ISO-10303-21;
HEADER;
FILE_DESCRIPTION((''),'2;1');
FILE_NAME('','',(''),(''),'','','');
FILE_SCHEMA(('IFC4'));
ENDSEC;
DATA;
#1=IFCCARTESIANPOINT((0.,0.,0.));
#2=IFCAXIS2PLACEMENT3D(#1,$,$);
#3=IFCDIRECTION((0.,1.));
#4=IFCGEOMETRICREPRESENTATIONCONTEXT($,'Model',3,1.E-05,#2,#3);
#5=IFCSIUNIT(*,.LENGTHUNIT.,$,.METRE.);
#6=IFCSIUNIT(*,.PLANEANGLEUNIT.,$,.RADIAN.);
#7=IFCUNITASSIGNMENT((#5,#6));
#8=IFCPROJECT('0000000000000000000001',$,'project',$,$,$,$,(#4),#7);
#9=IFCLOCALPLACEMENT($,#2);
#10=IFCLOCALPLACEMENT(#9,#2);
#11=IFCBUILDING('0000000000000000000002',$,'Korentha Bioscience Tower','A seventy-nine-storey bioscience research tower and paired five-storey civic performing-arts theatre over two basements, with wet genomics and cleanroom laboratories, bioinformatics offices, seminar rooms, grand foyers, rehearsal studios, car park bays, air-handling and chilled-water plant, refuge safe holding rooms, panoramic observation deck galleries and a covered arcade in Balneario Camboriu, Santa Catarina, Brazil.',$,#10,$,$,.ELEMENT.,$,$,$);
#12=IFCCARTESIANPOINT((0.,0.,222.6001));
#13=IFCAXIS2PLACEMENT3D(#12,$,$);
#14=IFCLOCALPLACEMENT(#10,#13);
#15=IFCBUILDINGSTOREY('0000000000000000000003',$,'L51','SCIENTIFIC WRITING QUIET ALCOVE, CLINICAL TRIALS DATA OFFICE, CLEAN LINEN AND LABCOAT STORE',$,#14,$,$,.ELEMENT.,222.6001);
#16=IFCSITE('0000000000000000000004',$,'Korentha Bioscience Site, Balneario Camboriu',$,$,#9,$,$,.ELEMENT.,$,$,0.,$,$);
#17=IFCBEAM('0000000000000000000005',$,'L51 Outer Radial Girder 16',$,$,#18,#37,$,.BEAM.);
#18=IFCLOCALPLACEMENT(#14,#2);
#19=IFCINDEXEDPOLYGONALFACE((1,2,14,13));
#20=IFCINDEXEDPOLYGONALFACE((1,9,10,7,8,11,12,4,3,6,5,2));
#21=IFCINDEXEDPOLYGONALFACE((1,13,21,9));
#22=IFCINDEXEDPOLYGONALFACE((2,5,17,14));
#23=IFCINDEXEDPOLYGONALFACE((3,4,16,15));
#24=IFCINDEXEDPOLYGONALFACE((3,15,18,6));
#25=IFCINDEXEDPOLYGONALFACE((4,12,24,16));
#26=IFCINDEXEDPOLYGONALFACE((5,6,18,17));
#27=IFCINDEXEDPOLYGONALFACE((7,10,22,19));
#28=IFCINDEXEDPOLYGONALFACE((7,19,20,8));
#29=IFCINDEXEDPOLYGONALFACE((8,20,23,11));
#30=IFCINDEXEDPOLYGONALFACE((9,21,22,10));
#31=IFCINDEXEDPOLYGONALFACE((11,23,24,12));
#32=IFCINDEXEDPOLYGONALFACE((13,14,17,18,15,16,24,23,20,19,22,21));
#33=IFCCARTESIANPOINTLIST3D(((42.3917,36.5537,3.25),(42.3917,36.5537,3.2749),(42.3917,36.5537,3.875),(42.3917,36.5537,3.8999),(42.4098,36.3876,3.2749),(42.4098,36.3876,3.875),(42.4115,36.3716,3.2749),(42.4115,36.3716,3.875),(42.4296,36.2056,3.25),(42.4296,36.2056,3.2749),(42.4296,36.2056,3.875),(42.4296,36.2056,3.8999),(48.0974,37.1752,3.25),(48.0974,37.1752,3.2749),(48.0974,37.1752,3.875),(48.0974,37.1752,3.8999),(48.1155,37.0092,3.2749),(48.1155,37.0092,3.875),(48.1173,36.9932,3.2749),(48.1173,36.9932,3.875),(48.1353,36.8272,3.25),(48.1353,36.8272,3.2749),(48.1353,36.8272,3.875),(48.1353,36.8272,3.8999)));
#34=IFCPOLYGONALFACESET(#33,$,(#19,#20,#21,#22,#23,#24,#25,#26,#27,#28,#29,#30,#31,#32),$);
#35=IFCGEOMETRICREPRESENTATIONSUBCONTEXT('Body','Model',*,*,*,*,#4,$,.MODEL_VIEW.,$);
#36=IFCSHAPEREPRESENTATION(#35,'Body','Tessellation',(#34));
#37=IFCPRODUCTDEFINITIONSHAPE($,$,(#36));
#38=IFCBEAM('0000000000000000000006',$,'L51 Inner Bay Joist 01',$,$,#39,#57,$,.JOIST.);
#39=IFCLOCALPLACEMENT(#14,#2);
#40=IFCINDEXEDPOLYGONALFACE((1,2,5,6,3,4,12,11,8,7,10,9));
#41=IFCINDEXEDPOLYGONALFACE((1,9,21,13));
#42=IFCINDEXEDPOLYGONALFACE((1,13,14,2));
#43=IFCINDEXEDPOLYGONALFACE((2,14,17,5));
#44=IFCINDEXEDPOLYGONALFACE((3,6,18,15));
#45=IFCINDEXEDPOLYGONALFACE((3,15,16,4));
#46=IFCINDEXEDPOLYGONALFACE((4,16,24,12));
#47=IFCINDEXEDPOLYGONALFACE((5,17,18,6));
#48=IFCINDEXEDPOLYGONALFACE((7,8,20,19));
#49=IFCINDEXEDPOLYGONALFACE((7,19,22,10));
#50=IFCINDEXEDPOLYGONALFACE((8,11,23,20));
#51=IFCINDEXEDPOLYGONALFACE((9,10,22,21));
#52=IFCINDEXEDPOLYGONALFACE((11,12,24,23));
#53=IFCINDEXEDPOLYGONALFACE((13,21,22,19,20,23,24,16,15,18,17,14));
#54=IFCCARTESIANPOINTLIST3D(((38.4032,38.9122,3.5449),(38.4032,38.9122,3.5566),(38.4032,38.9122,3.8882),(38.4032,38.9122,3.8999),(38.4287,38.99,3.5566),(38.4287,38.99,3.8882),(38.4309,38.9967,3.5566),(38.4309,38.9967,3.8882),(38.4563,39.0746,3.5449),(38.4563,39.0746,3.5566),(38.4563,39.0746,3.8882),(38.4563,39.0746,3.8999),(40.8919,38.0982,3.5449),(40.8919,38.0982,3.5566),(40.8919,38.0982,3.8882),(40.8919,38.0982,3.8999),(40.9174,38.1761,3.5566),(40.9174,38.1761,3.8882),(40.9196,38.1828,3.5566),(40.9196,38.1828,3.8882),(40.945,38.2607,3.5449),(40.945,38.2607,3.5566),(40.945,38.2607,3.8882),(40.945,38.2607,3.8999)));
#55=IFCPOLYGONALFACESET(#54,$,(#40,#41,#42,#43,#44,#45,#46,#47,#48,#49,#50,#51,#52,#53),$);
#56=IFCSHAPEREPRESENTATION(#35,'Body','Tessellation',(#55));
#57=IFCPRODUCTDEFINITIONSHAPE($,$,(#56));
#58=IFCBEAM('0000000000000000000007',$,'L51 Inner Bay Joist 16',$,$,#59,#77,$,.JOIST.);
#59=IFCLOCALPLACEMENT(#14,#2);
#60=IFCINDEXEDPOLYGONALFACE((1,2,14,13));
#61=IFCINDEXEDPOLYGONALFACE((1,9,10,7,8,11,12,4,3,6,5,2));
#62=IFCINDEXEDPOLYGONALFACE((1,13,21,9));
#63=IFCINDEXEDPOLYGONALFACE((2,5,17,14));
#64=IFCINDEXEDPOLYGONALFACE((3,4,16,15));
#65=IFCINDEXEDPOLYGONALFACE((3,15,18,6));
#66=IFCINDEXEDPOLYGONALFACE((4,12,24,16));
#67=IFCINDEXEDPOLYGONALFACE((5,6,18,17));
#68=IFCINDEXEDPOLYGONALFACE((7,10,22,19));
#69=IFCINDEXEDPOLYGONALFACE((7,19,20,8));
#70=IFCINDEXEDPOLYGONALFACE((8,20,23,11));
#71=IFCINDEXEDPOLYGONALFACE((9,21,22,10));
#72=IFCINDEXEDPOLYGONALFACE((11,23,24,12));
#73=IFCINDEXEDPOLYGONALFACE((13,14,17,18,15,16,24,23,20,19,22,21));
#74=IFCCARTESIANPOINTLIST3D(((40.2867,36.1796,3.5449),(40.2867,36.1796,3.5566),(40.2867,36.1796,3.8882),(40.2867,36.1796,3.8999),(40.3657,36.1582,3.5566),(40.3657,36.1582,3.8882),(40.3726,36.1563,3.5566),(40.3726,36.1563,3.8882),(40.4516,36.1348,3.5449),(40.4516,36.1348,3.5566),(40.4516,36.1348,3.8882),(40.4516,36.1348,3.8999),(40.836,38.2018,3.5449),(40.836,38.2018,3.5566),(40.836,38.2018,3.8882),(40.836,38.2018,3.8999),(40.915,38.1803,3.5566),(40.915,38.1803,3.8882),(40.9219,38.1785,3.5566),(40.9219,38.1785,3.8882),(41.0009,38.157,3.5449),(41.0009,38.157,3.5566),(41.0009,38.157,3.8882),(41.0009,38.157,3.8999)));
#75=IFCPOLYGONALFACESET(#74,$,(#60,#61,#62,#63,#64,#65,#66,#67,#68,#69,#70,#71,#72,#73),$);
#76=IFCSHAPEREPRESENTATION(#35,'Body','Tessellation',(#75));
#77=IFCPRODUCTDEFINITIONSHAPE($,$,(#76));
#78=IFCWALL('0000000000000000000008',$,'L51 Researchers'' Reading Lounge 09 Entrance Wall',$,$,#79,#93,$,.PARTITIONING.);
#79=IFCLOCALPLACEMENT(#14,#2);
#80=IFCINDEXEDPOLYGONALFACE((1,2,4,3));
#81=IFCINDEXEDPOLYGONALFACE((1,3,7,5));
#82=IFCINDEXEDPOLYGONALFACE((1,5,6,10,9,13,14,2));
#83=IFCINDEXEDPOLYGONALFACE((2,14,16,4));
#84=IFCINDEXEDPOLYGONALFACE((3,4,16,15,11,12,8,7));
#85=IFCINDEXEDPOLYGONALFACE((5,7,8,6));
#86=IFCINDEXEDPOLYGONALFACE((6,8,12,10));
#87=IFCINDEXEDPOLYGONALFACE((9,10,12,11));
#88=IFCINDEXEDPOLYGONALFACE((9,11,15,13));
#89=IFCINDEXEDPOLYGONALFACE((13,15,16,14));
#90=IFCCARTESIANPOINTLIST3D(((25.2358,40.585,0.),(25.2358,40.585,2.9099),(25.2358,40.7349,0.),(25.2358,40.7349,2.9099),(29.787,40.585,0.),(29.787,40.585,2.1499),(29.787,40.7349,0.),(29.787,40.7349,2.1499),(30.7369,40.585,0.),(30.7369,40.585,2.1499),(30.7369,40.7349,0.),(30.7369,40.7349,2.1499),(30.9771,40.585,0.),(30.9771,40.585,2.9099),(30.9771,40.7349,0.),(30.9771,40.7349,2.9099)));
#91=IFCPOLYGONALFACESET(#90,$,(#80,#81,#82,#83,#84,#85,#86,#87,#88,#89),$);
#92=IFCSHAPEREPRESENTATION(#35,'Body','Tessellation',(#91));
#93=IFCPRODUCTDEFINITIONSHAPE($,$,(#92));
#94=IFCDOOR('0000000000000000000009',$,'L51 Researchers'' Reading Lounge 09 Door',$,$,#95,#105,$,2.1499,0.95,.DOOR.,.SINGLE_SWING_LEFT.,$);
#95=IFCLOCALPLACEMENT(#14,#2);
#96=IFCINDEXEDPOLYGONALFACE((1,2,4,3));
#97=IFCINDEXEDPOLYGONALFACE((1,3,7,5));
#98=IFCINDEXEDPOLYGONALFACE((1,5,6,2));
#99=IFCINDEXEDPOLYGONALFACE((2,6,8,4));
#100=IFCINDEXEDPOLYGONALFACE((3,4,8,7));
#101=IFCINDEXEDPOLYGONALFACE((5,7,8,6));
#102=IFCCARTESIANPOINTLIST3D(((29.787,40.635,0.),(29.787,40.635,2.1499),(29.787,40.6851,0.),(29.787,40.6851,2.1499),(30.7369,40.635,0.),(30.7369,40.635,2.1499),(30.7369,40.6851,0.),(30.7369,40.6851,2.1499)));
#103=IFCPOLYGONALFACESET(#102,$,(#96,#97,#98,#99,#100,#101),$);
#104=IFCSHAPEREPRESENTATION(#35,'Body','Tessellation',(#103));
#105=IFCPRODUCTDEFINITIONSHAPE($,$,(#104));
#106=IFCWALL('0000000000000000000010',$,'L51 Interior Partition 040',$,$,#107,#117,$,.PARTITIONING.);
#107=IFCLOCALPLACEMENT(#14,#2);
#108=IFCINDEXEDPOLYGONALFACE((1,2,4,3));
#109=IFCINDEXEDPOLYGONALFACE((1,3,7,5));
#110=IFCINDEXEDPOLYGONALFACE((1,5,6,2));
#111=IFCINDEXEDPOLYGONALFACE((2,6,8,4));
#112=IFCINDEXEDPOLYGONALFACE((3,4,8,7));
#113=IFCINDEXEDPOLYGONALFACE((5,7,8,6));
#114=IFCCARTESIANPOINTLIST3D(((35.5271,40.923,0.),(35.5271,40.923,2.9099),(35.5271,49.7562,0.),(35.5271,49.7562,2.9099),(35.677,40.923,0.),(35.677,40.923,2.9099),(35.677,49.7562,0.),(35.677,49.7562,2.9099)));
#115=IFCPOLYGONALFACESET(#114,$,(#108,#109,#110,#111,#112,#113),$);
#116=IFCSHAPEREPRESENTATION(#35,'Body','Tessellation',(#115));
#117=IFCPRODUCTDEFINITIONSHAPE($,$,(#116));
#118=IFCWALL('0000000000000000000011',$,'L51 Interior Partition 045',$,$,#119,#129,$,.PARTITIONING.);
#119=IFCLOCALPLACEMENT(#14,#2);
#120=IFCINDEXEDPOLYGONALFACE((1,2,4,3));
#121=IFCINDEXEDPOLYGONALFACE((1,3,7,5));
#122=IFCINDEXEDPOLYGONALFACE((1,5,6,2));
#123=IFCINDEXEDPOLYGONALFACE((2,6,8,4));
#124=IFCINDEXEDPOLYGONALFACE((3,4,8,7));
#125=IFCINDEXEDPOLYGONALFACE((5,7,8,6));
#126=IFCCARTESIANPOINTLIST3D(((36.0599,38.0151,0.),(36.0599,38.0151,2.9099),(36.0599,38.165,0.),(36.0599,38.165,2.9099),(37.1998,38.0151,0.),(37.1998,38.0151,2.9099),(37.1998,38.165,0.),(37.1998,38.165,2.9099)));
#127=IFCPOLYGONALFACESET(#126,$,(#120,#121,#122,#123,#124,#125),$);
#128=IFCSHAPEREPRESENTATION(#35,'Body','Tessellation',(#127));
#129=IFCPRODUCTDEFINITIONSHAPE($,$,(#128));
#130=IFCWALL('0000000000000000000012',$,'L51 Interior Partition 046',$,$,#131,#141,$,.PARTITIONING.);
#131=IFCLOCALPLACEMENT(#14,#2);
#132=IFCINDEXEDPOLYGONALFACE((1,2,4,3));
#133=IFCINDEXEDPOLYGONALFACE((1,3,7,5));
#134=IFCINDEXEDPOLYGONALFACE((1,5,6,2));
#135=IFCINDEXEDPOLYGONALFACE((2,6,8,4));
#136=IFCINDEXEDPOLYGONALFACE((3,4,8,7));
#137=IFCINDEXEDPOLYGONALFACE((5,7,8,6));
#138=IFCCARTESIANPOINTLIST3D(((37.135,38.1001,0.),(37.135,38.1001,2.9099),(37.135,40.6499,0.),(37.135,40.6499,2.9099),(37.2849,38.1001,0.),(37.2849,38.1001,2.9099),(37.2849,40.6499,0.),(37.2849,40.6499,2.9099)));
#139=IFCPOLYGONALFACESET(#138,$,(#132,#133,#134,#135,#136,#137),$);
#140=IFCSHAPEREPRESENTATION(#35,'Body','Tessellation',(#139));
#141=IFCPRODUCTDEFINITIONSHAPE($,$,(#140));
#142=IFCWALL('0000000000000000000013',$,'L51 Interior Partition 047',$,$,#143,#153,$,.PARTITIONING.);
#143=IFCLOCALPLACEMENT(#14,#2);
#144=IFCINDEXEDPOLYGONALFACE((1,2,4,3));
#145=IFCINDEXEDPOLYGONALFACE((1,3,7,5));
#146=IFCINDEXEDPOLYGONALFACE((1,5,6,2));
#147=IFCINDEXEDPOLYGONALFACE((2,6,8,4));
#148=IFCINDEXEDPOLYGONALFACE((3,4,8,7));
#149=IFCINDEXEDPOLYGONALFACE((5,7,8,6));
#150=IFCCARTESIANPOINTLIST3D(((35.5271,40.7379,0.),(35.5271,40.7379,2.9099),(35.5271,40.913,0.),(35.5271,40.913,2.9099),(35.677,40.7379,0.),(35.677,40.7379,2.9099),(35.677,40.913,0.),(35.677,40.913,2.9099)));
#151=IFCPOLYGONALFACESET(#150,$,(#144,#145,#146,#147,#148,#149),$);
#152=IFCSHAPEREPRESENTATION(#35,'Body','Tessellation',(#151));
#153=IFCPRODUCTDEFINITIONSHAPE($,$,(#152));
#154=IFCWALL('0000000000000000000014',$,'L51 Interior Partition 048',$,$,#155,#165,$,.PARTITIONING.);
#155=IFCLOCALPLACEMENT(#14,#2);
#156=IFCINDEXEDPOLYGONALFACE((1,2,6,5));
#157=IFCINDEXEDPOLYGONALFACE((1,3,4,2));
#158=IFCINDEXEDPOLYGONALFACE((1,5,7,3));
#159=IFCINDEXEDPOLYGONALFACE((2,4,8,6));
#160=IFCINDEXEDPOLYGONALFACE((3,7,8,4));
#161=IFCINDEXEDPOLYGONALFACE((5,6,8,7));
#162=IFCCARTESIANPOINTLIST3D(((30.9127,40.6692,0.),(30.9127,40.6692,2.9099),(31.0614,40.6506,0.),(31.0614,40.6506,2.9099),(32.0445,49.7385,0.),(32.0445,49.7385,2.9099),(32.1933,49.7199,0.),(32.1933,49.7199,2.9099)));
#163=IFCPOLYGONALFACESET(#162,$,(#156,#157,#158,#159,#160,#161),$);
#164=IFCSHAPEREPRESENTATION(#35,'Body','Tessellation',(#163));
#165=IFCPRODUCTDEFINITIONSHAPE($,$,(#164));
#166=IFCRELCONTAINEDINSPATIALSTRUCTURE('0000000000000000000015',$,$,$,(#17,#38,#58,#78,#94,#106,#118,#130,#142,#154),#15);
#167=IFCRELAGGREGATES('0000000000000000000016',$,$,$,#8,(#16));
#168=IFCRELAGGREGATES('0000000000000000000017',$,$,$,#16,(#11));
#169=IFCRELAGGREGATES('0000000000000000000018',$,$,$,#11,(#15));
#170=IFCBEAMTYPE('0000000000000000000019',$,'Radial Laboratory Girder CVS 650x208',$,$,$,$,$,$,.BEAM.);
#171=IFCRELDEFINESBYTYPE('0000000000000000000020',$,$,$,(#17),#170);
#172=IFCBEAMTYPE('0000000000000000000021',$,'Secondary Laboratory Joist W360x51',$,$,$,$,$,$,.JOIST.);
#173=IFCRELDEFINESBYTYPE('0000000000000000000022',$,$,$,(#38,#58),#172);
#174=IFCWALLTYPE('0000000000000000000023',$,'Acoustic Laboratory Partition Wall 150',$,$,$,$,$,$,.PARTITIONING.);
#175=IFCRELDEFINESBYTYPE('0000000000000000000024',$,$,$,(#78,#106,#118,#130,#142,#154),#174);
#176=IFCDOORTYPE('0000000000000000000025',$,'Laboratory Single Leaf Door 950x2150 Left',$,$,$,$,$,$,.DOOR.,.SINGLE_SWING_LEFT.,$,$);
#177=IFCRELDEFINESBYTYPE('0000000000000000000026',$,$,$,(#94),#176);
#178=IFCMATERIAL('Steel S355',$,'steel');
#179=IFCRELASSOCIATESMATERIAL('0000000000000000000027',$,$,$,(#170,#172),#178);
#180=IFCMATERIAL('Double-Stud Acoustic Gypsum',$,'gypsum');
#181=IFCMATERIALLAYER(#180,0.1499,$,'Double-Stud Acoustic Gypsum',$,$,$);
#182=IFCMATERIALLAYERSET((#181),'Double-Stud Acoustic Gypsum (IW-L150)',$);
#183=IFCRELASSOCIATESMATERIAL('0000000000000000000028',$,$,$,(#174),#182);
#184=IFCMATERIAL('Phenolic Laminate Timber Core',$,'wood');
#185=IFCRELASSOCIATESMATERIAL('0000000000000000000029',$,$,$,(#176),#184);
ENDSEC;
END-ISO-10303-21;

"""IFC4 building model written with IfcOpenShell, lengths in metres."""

from ifc_helpers import new_model, si_unit, direction, frame, frame_2d, origin, origin_2d, place, context, subcontext, project, spatial, rectangle, i_section, extrude, material, layer, layer_set, material_profile, profile_set, type_object, element, fill, save


model = new_model("IFC4")

# Units and contexts
model_context = context("Model", 3, precision=1e-05, world=origin(), true_north=direction((0.0, 1.0)))
body_context = subcontext(model_context, "Body", "Model", "MODEL_VIEW")
ifc_project = project(units=[si_unit("LENGTHUNIT", "METRE"), si_unit("PLANEANGLEUNIT", "RADIAN")], contexts=[model_context])

# Site, building, storey
site_placement = place(None, origin())
site = spatial("IfcSite", under=ifc_project, at=site_placement, Name="Korentha Bioscience Site, Balneario Camboriu", CompositionType="ELEMENT", RefElevation=0.0)
building_placement = place(site_placement, origin())
building = spatial("IfcBuilding", under=site, at=building_placement, Name="Korentha Bioscience Tower", Description="A seventy-nine-storey bioscience research tower and paired five-storey civic performing-arts theatre over two basements, with wet genomics and cleanroom laboratories, bioinformatics offices, seminar rooms, grand foyers, rehearsal studios, car park bays, air-handling and chilled-water plant, refuge safe holding rooms, panoramic observation deck galleries and a covered arcade in Balneario Camboriu, Santa Catarina, Brazil.", CompositionType="ELEMENT")
storey_placement = place(building_placement, frame((0.0, 0.0, 222.6001)))
storey = spatial("IfcBuildingStorey", under=building, at=storey_placement, Name="L51", Description="SCIENTIFIC WRITING QUIET ALCOVE, CLINICAL TRIALS DATA OFFICE, CLEAN LINEN AND LABCOAT STORE", CompositionType="ELEMENT", Elevation=222.6001)

# Shared definitions
ifc_material_1 = material(Name="Steel S355", Category="steel")

# Beams
ifc_material_profile_1 = material_profile(ifc_material_1, i_section(OverallWidth=0.3501, OverallDepth=0.6499, WebThickness=0.0161, FlangeThickness=0.0249, at=origin_2d()), Name="Steel S355")
ifc_profile_set_1 = profile_set([ifc_material_profile_1], Name="Steel S355 (RB-650)")
beam_type_1 = type_object("IfcBeamType", Name="Radial Laboratory Girder CVS 650x208", PredefinedType="BEAM", material=ifc_profile_set_1)
beam_1_placement = place(storey_placement, frame((42.4106, 36.3796, 3.575), z_axis=(0.994119, 0.108298, 0.0), x_axis=(-0.108298, 0.994119, 0.0)))
element("IfcBeam", 1, at=beam_1_placement, inside=storey, type_object=beam_type_1, Name="L51 Outer Radial Girder 16", PredefinedType="BEAM", context=body_context, shape_type="SweptSolid", body=[
    extrude(i_section(OverallWidth=0.3501, OverallDepth=0.6499, WebThickness=0.0161, FlangeThickness=0.0249, at=origin_2d()), origin(), (0.0, 0.0, 1.0), 5.7395),
])
ifc_material_profile_2 = material_profile(ifc_material_1, i_section(OverallWidth=0.1709, OverallDepth=0.355, WebThickness=0.0071, FlangeThickness=0.0117, at=origin_2d()), Name="Steel S355")
ifc_profile_set_2 = profile_set([ifc_material_profile_2], Name="Steel S355 (JB-360)")
beam_type_2 = type_object("IfcBeamType", Name="Secondary Laboratory Joist W360x51", PredefinedType="JOIST", material=ifc_profile_set_2)
beam_2_placement = place(storey_placement, frame((40.9185, 38.1794, 3.7224), z_axis=(-0.950458, 0.310852, 0.0), x_axis=(-0.310852, -0.950458, 0.0)))
element("IfcBeam", 2, at=beam_2_placement, inside=storey, type_object=beam_type_2, Name="L51 Inner Bay Joist 01", PredefinedType="JOIST", context=body_context, shape_type="SweptSolid", body=[
    extrude(i_section(OverallWidth=0.1709, OverallDepth=0.355, WebThickness=0.0071, FlangeThickness=0.0117, at=origin_2d()), origin(), (0.0, 0.0, 1.0), 2.6184),
])
beam_3_placement = place(storey_placement, frame((40.3691, 36.1572, 3.7224), z_axis=(0.262141, 0.96503, 0.0), x_axis=(-0.96503, 0.262141, 0.0)))
element("IfcBeam", 3, at=beam_3_placement, inside=storey, type_object=beam_type_2, Name="L51 Inner Bay Joist 16", PredefinedType="JOIST", context=body_context, shape_type="SweptSolid", body=[
    extrude(i_section(OverallWidth=0.1709, OverallDepth=0.355, WebThickness=0.0071, FlangeThickness=0.0117, at=origin_2d()), origin(), (0.0, 0.0, 1.0), 2.0955),
])

# Wall, opening, door
ifc_material_2 = material(Name="Double-Stud Acoustic Gypsum", Category="gypsum")
ifc_layer_1 = layer(ifc_material_2, 0.1499, Name="Double-Stud Acoustic Gypsum")
ifc_layer_set_1 = layer_set([ifc_layer_1], Name="Double-Stud Acoustic Gypsum (IW-L150)")
wall_type_1 = type_object("IfcWallType", Name="Acoustic Laboratory Partition Wall 150", PredefinedType="PARTITIONING", material=ifc_layer_set_1)
ifc_material_3 = material(Name="Phenolic Laminate Timber Core", Category="wood")
door_type_1 = type_object("IfcDoorType", Name="Laboratory Single Leaf Door 950x2150 Left", OperationType="SINGLE_SWING_LEFT", PredefinedType="DOOR", material=ifc_material_3)
wall_1_placement = place(storey_placement, frame((30.9771, 40.6599, 0.0), z_axis=(0.0, 0.0, 1.0), x_axis=(-1.0, 0.0, 0.0)))
wall_1 = element("IfcWall", 4, at=wall_1_placement, inside=storey, type_object=wall_type_1, Name="L51 Researchers' Reading Lounge 09 Entrance Wall", PredefinedType="PARTITIONING", context=body_context, shape_type="SweptSolid", body=[
    extrude(rectangle(XDim=5.7412, YDim=0.1499, at=frame_2d((2.8706, 0.0))), origin(), (0.0, 0.0, 1.0), 2.9099),
])
opening_1_placement = place(wall_1_placement, frame((0.24, 0.0, 0.0)))
opening_1 = element("IfcOpeningElement", 5, at=opening_1_placement, cuts=wall_1, PredefinedType="OPENING", context=body_context, shape_type="SweptSolid", body=[
    extrude(rectangle(XDim=0.95, YDim=2.1499, at=frame_2d((0.4751, 1.075))), frame((0.0, 0.0898, 0.0), z_axis=(0.0, -1.0, 0.0), x_axis=(1.0, 0.0, 0.0)), (0.0, 0.0, 1.0), 0.1797),
])
door_1_placement = place(opening_1_placement, origin())
door_1 = element("IfcDoor", 6, at=door_1_placement, inside=storey, type_object=door_type_1, Name="L51 Researchers' Reading Lounge 09 Door", OperationType="SINGLE_SWING_LEFT", OverallHeight=2.1499, OverallWidth=0.95, PredefinedType="DOOR", context=body_context, shape_type="SweptSolid", body=[
    extrude(rectangle(XDim=0.95, YDim=2.1499, at=frame_2d((0.4751, 1.075))), frame((0.0, 0.0249, 0.0), z_axis=(0.0, -1.0, 0.0), x_axis=(1.0, 0.0, 0.0)), (0.0, 0.0, 1.0), 0.05),
])
fill(opening_1, door_1)

# Walls
wall_2_placement = place(storey_placement, frame((35.6021, 40.9231, 0.0), z_axis=(0.0, 0.0, 1.0), x_axis=(0.0, 1.0, 0.0)))
element("IfcWall", 7, at=wall_2_placement, inside=storey, type_object=wall_type_1, Name="L51 Interior Partition 040", PredefinedType="PARTITIONING", context=body_context, shape_type="SweptSolid", body=[
    extrude(rectangle(XDim=8.8333, YDim=0.1499, at=frame_2d((4.4165, 0.0))), origin(), (0.0, 0.0, 1.0), 2.9099),
])
wall_3_placement = place(storey_placement, frame((36.0601, 38.0901, 0.0), z_axis=(0.0, 0.0, 1.0), x_axis=(1.0, 0.0, 0.0)))
element("IfcWall", 8, at=wall_3_placement, inside=storey, type_object=wall_type_1, Name="L51 Interior Partition 045", PredefinedType="PARTITIONING", context=body_context, shape_type="SweptSolid", body=[
    extrude(rectangle(XDim=1.1399, YDim=0.1499, at=frame_2d((0.5698, 0.0))), origin(), (0.0, 0.0, 1.0), 2.9099),
])
wall_4_placement = place(storey_placement, frame((37.21, 38.1001, 0.0), z_axis=(0.0, 0.0, 1.0), x_axis=(0.0, 1.0, 0.0)))
element("IfcWall", 9, at=wall_4_placement, inside=storey, type_object=wall_type_1, Name="L51 Interior Partition 046", PredefinedType="PARTITIONING", context=body_context, shape_type="SweptSolid", body=[
    extrude(rectangle(XDim=2.5498, YDim=0.1499, at=frame_2d((1.2749, 0.0))), origin(), (0.0, 0.0, 1.0), 2.9099),
])
wall_5_placement = place(storey_placement, frame((35.6021, 40.738, 0.0), z_axis=(0.0, 0.0, 1.0), x_axis=(0.0, 1.0, 0.0)))
element("IfcWall", 10, at=wall_5_placement, inside=storey, type_object=wall_type_1, Name="L51 Interior Partition 047", PredefinedType="PARTITIONING", context=body_context, shape_type="SweptSolid", body=[
    extrude(rectangle(XDim=0.175, YDim=0.1499, at=frame_2d((0.0874, 0.0))), origin(), (0.0, 0.0, 1.0), 2.9099),
])
wall_6_placement = place(storey_placement, frame((30.9871, 40.6599, 0.0), z_axis=(0.0, 0.0, 1.0), x_axis=(0.123837, 0.992303, 0.0)))
element("IfcWall", 11, at=wall_6_placement, inside=storey, type_object=wall_type_1, Name="L51 Interior Partition 048", PredefinedType="PARTITIONING", context=body_context, shape_type="SweptSolid", body=[
    extrude(rectangle(XDim=9.1396, YDim=0.1499, at=frame_2d((4.5698, 0.0))), origin(), (0.0, 0.0, 1.0), 2.9099),
])

save(model, "model.ifc")
